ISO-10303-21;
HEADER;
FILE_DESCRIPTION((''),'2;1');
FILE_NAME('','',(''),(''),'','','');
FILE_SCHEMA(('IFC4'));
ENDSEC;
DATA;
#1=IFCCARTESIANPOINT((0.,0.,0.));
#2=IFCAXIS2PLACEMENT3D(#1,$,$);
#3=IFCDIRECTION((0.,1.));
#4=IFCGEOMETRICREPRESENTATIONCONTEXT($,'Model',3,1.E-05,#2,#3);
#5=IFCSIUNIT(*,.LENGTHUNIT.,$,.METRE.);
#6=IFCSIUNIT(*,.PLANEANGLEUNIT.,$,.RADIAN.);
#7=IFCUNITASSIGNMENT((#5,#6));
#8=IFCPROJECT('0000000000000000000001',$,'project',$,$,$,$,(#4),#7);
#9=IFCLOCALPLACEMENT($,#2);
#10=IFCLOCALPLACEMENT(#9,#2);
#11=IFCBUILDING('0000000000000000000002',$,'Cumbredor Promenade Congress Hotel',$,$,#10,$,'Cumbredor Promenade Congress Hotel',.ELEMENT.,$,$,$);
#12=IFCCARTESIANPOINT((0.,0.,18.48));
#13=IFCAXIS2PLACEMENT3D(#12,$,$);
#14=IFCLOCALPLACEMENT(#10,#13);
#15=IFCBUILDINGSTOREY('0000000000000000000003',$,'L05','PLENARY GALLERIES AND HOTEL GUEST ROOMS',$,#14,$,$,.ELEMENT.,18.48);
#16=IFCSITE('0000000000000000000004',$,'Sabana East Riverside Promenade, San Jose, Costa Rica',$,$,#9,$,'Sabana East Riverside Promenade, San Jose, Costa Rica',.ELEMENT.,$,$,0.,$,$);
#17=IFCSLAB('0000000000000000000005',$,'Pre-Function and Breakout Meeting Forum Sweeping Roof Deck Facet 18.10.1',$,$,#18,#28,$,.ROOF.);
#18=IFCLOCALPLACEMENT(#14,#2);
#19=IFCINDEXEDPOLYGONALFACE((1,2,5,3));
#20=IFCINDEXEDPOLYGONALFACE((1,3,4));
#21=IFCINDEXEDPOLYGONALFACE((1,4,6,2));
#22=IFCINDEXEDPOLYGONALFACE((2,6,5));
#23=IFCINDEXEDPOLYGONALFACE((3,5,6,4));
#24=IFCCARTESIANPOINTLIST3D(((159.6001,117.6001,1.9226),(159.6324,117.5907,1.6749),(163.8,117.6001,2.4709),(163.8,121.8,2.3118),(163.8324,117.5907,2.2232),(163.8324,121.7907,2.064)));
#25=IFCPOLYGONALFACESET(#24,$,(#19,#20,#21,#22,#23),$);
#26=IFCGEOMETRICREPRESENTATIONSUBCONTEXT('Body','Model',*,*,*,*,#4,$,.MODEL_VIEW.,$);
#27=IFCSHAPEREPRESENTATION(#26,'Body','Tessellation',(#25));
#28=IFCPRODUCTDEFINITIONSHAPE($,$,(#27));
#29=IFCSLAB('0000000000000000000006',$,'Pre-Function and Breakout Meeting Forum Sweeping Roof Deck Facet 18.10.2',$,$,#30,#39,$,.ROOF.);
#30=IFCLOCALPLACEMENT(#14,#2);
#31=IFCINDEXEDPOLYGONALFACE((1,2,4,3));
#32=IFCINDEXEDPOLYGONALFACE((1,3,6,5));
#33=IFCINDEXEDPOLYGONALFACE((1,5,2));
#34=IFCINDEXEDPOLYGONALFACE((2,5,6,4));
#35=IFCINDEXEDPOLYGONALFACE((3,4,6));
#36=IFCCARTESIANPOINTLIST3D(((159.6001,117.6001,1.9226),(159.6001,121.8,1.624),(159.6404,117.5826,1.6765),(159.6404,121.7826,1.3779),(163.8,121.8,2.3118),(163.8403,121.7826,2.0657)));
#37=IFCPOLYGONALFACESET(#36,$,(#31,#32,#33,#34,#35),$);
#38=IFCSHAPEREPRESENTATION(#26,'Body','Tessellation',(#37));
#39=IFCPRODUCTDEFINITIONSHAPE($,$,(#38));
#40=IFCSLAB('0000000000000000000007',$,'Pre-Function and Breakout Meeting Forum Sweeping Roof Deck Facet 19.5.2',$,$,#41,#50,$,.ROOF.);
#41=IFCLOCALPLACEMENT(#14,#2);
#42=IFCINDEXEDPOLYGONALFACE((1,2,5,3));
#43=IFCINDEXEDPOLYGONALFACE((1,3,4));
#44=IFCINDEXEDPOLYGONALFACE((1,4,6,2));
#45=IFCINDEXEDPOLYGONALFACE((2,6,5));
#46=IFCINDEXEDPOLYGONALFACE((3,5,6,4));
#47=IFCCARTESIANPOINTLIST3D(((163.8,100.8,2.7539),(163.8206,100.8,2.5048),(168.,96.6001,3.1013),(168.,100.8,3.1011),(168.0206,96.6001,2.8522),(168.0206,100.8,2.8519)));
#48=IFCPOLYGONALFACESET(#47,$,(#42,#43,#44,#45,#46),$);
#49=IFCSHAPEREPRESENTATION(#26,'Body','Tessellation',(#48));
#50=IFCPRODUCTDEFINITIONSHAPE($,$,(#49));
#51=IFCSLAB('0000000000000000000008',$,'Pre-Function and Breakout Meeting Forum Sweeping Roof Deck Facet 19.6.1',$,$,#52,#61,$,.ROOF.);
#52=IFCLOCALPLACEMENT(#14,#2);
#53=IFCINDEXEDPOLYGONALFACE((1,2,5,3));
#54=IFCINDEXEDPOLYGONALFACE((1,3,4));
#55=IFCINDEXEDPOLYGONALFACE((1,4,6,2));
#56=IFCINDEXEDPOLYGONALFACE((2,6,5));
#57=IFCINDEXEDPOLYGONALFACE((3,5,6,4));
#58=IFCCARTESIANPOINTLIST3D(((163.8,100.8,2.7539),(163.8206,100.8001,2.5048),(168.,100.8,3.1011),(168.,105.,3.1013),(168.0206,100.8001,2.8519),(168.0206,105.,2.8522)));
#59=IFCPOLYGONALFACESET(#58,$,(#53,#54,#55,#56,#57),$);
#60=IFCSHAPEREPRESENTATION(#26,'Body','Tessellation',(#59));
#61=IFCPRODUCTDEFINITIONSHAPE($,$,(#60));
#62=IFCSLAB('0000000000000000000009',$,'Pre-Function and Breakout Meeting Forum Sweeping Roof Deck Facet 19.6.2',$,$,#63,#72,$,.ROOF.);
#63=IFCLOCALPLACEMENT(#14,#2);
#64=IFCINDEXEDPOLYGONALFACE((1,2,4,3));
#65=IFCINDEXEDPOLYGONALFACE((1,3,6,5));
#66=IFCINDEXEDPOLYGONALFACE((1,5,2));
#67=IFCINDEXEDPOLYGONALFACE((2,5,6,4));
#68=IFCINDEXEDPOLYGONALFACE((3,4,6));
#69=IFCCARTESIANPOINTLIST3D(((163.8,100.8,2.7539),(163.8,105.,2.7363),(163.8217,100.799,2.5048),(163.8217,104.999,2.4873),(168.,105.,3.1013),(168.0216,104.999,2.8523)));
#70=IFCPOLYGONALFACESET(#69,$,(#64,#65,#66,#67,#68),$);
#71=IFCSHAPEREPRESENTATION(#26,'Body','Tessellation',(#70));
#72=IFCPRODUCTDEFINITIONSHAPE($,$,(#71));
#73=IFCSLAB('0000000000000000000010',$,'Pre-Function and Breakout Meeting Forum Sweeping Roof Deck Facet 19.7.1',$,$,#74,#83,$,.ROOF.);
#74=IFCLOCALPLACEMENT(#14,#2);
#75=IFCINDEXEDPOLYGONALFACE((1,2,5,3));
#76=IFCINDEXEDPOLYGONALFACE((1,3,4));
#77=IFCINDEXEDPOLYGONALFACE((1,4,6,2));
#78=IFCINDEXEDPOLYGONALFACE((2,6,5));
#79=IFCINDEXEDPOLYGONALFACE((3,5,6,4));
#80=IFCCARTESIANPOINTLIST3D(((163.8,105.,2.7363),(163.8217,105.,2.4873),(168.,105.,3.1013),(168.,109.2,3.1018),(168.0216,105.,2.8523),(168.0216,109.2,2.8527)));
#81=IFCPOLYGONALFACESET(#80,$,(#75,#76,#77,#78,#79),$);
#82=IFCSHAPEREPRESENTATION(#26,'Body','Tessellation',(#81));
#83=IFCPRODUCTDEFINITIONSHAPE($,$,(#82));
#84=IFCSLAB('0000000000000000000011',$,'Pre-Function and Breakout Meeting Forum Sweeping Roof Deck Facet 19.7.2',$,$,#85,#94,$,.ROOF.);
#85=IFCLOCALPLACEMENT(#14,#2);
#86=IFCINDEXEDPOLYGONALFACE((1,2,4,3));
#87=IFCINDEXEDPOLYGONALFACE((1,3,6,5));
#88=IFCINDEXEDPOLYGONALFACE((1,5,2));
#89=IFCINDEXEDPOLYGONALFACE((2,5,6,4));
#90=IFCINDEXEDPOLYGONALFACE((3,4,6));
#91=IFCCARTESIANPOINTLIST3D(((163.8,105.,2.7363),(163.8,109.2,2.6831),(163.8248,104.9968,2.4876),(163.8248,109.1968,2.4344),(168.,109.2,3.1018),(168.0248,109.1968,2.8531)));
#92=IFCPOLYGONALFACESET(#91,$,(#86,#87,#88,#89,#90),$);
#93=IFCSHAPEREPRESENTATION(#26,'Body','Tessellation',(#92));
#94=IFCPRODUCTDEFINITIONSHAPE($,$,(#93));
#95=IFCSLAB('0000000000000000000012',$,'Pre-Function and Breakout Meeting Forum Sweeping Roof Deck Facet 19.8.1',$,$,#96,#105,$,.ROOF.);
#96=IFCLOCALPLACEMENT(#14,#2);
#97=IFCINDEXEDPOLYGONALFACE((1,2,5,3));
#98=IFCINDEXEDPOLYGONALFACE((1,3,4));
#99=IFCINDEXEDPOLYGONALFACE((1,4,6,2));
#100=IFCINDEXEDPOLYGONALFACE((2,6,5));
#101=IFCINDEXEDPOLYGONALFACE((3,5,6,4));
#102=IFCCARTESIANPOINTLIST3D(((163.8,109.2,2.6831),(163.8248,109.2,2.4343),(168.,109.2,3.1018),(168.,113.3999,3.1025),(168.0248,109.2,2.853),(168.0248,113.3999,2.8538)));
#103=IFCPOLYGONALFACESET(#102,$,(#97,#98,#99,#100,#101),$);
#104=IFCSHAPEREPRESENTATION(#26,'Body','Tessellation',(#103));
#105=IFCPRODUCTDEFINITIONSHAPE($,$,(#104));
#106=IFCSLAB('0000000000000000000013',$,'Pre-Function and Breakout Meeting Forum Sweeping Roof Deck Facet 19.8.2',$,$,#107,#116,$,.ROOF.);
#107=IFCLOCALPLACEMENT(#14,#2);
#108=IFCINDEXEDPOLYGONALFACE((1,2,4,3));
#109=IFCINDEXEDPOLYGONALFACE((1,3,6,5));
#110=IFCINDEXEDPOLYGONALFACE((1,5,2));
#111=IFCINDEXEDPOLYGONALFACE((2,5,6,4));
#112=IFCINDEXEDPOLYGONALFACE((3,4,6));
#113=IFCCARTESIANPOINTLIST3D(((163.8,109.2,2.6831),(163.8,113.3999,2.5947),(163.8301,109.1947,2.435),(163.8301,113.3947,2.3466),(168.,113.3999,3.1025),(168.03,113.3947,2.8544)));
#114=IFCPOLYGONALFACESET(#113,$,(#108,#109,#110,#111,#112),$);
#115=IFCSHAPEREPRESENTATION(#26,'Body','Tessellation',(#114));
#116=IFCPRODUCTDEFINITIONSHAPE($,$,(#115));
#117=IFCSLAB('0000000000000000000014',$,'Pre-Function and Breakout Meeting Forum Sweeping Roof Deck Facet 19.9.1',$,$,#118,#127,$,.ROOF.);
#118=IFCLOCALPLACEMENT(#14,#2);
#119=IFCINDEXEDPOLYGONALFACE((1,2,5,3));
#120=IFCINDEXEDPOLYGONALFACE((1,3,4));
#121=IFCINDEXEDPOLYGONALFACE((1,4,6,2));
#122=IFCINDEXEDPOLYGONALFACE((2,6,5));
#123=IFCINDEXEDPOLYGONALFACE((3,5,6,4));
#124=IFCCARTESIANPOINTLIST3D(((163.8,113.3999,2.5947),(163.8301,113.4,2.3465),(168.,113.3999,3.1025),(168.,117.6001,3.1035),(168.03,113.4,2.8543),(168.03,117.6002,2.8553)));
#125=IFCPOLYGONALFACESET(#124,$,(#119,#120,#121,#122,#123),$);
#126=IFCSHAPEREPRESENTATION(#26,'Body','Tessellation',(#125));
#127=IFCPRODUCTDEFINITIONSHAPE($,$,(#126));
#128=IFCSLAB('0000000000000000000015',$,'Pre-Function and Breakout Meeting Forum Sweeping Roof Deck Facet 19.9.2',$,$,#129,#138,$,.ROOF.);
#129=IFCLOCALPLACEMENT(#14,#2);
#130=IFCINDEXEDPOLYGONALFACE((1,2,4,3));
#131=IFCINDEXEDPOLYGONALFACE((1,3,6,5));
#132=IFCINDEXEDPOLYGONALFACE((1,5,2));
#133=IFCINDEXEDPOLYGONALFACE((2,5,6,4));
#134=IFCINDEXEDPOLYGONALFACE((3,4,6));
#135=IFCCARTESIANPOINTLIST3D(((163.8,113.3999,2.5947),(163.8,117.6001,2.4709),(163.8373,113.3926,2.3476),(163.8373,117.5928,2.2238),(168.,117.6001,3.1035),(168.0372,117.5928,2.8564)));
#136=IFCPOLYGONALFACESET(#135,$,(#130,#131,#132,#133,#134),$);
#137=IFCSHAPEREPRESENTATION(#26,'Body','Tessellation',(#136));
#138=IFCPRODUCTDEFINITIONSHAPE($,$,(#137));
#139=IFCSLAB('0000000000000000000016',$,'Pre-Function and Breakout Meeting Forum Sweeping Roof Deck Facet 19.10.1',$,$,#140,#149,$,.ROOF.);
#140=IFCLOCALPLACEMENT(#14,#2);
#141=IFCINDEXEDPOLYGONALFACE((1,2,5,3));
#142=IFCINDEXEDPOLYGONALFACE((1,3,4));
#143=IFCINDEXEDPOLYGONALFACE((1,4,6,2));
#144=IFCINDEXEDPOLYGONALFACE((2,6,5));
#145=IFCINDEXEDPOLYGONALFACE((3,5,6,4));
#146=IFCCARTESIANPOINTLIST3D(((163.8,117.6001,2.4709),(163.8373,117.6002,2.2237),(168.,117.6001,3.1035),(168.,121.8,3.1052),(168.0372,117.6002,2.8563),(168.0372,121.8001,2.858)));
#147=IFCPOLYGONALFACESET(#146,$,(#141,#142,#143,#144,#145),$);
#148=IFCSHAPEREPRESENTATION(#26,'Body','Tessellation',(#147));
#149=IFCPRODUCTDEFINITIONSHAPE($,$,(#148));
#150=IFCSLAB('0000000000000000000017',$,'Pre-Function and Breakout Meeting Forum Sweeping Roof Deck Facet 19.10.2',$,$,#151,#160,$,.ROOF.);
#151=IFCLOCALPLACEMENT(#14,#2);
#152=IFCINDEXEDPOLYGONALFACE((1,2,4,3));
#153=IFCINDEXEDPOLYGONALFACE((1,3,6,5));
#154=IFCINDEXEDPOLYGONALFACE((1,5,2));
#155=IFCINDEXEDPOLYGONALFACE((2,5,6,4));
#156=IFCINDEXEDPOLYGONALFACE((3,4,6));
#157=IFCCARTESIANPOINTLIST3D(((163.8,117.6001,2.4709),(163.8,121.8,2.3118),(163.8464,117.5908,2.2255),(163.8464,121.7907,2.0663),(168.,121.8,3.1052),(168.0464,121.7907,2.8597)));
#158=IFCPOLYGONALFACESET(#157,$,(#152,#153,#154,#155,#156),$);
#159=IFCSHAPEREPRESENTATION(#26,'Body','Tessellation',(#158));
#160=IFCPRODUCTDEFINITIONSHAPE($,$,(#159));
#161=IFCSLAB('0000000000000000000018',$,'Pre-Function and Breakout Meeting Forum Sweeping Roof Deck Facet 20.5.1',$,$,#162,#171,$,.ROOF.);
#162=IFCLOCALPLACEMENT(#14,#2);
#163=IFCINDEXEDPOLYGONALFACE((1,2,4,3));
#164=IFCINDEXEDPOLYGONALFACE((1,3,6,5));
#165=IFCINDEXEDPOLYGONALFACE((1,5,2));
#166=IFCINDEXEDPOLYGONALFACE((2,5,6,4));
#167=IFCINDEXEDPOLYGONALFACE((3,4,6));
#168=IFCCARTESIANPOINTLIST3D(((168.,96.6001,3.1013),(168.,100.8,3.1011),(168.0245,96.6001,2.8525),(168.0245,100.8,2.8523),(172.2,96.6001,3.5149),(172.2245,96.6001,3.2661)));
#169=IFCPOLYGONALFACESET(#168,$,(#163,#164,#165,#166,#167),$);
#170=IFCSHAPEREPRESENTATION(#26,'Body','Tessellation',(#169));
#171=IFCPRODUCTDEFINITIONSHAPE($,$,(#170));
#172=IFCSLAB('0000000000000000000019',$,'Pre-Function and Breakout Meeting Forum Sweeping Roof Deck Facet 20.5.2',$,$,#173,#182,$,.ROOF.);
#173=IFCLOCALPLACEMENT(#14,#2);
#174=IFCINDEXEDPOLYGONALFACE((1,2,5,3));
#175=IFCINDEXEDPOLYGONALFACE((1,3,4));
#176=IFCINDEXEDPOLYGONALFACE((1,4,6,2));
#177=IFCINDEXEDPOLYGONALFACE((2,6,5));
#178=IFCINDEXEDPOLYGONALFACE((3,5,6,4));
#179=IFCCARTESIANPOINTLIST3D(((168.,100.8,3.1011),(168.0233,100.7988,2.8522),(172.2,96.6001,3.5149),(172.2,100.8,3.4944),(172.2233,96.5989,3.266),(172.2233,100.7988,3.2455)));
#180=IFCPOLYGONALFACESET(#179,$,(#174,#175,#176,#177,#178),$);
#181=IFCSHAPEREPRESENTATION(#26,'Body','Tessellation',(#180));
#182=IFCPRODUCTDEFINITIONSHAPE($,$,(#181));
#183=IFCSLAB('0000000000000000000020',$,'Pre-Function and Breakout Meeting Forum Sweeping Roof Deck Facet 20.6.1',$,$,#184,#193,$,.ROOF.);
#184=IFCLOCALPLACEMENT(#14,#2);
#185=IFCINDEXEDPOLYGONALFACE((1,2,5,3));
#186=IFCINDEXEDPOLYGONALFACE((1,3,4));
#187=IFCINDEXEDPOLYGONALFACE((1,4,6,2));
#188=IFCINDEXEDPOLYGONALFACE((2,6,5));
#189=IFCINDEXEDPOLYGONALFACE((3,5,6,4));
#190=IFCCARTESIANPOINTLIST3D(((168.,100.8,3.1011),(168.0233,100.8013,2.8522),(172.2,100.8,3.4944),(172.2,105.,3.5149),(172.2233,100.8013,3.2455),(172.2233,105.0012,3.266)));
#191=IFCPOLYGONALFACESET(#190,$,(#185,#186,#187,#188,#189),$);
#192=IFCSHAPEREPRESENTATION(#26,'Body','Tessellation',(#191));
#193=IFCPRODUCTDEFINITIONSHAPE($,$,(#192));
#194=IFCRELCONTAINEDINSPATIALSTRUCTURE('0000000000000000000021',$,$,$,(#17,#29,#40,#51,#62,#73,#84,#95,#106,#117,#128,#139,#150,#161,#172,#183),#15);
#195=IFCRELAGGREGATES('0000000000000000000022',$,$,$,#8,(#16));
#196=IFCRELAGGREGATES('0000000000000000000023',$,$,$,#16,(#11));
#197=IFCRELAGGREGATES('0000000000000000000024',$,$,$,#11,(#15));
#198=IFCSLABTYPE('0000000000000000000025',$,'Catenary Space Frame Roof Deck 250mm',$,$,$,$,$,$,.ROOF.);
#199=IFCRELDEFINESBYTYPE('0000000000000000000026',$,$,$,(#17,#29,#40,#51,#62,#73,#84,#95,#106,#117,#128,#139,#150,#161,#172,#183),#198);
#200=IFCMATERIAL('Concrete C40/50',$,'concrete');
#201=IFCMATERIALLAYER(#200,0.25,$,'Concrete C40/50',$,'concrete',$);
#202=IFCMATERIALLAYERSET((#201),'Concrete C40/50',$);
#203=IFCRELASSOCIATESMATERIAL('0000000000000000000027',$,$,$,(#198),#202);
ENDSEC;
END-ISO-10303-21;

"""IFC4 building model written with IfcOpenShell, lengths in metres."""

from ifc_helpers import new_model, si_unit, direction, frame, origin, place, context, subcontext, project, spatial, polyline, outline, extrude, material, layer, layer_set, type_object, element, save


model = new_model("IFC4")

# Units and contexts
model_context = context("Model", 3, precision=1e-05, world=origin(), true_north=direction((0.0, 1.0)))
body_context = subcontext(model_context, "Body", "Model", "MODEL_VIEW")
ifc_project = project(units=[si_unit("LENGTHUNIT", "METRE"), si_unit("PLANEANGLEUNIT", "RADIAN")], contexts=[model_context])

# Site, building, storey
site_placement = place(None, origin())
site = spatial("IfcSite", under=ifc_project, at=site_placement, Name="Sabana East Riverside Promenade, San Jose, Costa Rica", LongName="Sabana East Riverside Promenade, San Jose, Costa Rica", CompositionType="ELEMENT", RefElevation=0.0)
building_placement = place(site_placement, origin())
building = spatial("IfcBuilding", under=site, at=building_placement, Name="Cumbredor Promenade Congress Hotel", LongName="Cumbredor Promenade Congress Hotel", CompositionType="ELEMENT")
storey_placement = place(building_placement, frame((0.0, 0.0, 18.48)))
storey = spatial("IfcBuildingStorey", under=building, at=storey_placement, Name="L05", Description="PLENARY GALLERIES AND HOTEL GUEST ROOMS", CompositionType="ELEMENT", Elevation=18.48)

# Slabs
ifc_material_1 = material(Name="Concrete C40/50", Category="concrete")
ifc_layer_1 = layer(ifc_material_1, 0.25, Name="Concrete C40/50", Category="concrete")
ifc_layer_set_1 = layer_set([ifc_layer_1], Name="Concrete C40/50")
slab_type = type_object("IfcSlabType", Name="Catenary Space Frame Roof Deck 250mm", PredefinedType="ROOF", material=ifc_layer_set_1)
slab_1_placement = place(storey_placement, frame((159.6001, 117.6001, 1.9226), z_axis=(-0.129369, 0.037555, 0.990885), x_axis=(0.991585, 0.0, 0.12946)))
element("IfcSlab", 1, at=slab_1_placement, inside=storey, type_object=slab_type, Name="Pre-Function and Breakout Meeting Forum Sweeping Roof Deck Facet 18.10.1", PredefinedType="ROOF", context=body_context, shape_type="SweptSolid", body=[
    extrude(outline(polyline([(0.0, 0.0), (4.2356, 0.0), (4.215, 4.2029), (0.0, 0.0)])), origin(), (0.0, 0.0, -1.0), 0.25),
])
slab_2_placement = place(storey_placement, frame((159.6001, 117.6001, 1.9226), z_axis=(-0.161202, 0.069986, 0.984437), x_axis=(0.705594, 0.705594, 0.065379)))
element("IfcSlab", 2, at=slab_2_placement, inside=storey, type_object=slab_type, Name="Pre-Function and Breakout Meeting Forum Sweeping Roof Deck Facet 18.10.2", PredefinedType="ROOF", context=body_context, shape_type="SweptSolid", body=[
    extrude(outline(polyline([(0.0, 0.0), (5.9524, 0.0), (2.9439, 3.0103), (0.0, 0.0)])), origin(), (0.0, 0.0, -1.0), 0.25),
])
slab_3_placement = place(storey_placement, frame((168.0, 96.6001, 3.1013), z_axis=(-0.082379, 0.000058, 0.996601), x_axis=(0.0, 1.0, -0.000058)))
element("IfcSlab", 3, at=slab_3_placement, inside=storey, type_object=slab_type, Name="Pre-Function and Breakout Meeting Forum Sweeping Roof Deck Facet 19.5.2", PredefinedType="ROOF", context=body_context, shape_type="SweptSolid", body=[
    extrude(outline(polyline([(0.0, 0.0), (4.2, 0.0), (4.2, 4.2143), (0.0, 0.0)])), origin(), (0.0, 0.0, -1.0), 0.25),
])
slab_4_placement = place(storey_placement, frame((163.8, 100.8, 2.7539), z_axis=(-0.082379, -0.000058, 0.996601), x_axis=(0.996601, 0.0, 0.082379)))
element("IfcSlab", 4, at=slab_4_placement, inside=storey, type_object=slab_type, Name="Pre-Function and Breakout Meeting Forum Sweeping Roof Deck Facet 19.6.1", PredefinedType="ROOF", context=body_context, shape_type="SweptSolid", body=[
    extrude(outline(polyline([(0.0, 0.0), (4.2143, 0.0), (4.2143, 4.2), (0.0, 0.0)])), origin(), (0.0, 0.0, -1.0), 0.25),
])
slab_5_placement = place(storey_placement, frame((163.8, 100.8, 2.7539), z_axis=(-0.086576, 0.00417, 0.996236), x_axis=(0.7059, 0.7059, 0.058391)))
element("IfcSlab", 5, at=slab_5_placement, inside=storey, type_object=slab_type, Name="Pre-Function and Breakout Meeting Forum Sweeping Roof Deck Facet 19.6.2", PredefinedType="ROOF", context=body_context, shape_type="SweptSolid", body=[
    extrude(outline(polyline([(0.0, 0.0), (5.9498, 0.0), (2.9637, 2.9759), (0.0, 0.0)])), origin(), (0.0, 0.0, -1.0), 0.25),
])
slab_6_placement = place(storey_placement, frame((163.8, 105.0, 2.7363), z_axis=(-0.086577, -0.000116, 0.996245), x_axis=(0.996245, 0.0, 0.086577)))
element("IfcSlab", 6, at=slab_6_placement, inside=storey, type_object=slab_type, Name="Pre-Function and Breakout Meeting Forum Sweeping Roof Deck Facet 19.7.1", PredefinedType="ROOF", context=body_context, shape_type="SweptSolid", body=[
    extrude(outline(polyline([(0.0, 0.0), (4.2158, 0.0), (4.2158, 4.2), (0.0, 0.0)])), origin(), (0.0, 0.0, -1.0), 0.25),
])
slab_7_placement = place(storey_placement, frame((163.8, 105.0, 2.7363), z_axis=(-0.099192, 0.012609, 0.994988), x_axis=(0.705772, 0.705772, 0.061416)))
element("IfcSlab", 7, at=slab_7_placement, inside=storey, type_object=slab_type, Name="Pre-Function and Breakout Meeting Forum Sweeping Roof Deck Facet 19.7.2", PredefinedType="ROOF", context=body_context, shape_type="SweptSolid", body=[
    extrude(outline(polyline([(0.0, 0.0), (5.9509, 0.0), (2.9609, 2.9791), (0.0, 0.0)])), origin(), (0.0, 0.0, -1.0), 0.25),
])
slab_8_placement = place(storey_placement, frame((163.8, 109.2, 2.6831), z_axis=(-0.0992, -0.000174, 0.995067), x_axis=(0.995067, 0.0, 0.0992)))
element("IfcSlab", 8, at=slab_8_placement, inside=storey, type_object=slab_type, Name="Pre-Function and Breakout Meeting Forum Sweeping Roof Deck Facet 19.8.1", PredefinedType="ROOF", context=body_context, shape_type="SweptSolid", body=[
    extrude(outline(polyline([(0.0, 0.0), (4.2208, 0.0), (4.2208, 4.2), (0.0, 0.0)])), origin(), (0.0, 0.0, -1.0), 0.25),
])
slab_9_placement = place(storey_placement, frame((163.8, 109.2, 2.6831), z_axis=(-0.120009, 0.020886, 0.992553), x_axis=(0.70535, 0.70535, 0.070441)))
element("IfcSlab", 9, at=slab_9_placement, inside=storey, type_object=slab_type, Name="Pre-Function and Breakout Meeting Forum Sweeping Roof Deck Facet 19.8.2", PredefinedType="ROOF", context=body_context, shape_type="SweptSolid", body=[
    extrude(outline(polyline([(0.0, 0.0), (5.9544, 0.0), (2.9562, 2.9847), (0.0, 0.0)])), origin(), (0.0, 0.0, -1.0), 0.25),
])
slab_10_placement = place(storey_placement, frame((163.8, 113.3999, 2.5947), z_axis=(-0.120035, -0.000231, 0.99277), x_axis=(0.99277, 0.0, 0.120035)))
element("IfcSlab", 10, at=slab_10_placement, inside=storey, type_object=slab_type, Name="Pre-Function and Breakout Meeting Forum Sweeping Roof Deck Facet 19.9.1", PredefinedType="ROOF", context=body_context, shape_type="SweptSolid", body=[
    extrude(outline(polyline([(0.0, 0.0), (4.2305, 0.0), (4.2307, 4.2002), (0.0, 0.0)])), origin(), (0.0, 0.0, -1.0), 0.25),
])
slab_11_placement = place(storey_placement, frame((163.8, 113.3999, 2.5947), z_axis=(-0.14887, 0.029129, 0.988428), x_axis=(0.704506, 0.704547, 0.085345)))
element("IfcSlab", 11, at=slab_11_placement, inside=storey, type_object=slab_type, Name="Pre-Function and Breakout Meeting Forum Sweeping Roof Deck Facet 19.9.2", PredefinedType="ROOF", context=body_context, shape_type="SweptSolid", body=[
    extrude(outline(polyline([(0.0, 0.0), (5.9616, 0.0), (2.9487, 2.9937), (0.0, 0.0)])), origin(), (0.0, 0.0, -1.0), 0.25),
])
slab_12_placement = place(storey_placement, frame((163.8, 117.6001, 2.4709), z_axis=(-0.148933, -0.000402, 0.988847), x_axis=(0.988847, 0.0, 0.148934)))
element("IfcSlab", 12, at=slab_12_placement, inside=storey, type_object=slab_type, Name="Pre-Function and Breakout Meeting Forum Sweeping Roof Deck Facet 19.10.1", PredefinedType="ROOF", context=body_context, shape_type="SweptSolid", body=[
    extrude(outline(polyline([(0.0, 0.0), (4.2473, 0.0), (4.2476, 4.2), (0.0, 0.0)])), origin(), (0.0, 0.0, -1.0), 0.25),
])
slab_13_placement = place(storey_placement, frame((163.8, 117.6001, 2.4709), z_axis=(-0.185508, 0.037216, 0.981938), x_axis=(0.703109, 0.703109, 0.106184)))
element("IfcSlab", 13, at=slab_13_placement, inside=storey, type_object=slab_type, Name="Pre-Function and Breakout Meeting Forum Sweeping Roof Deck Facet 19.10.2", PredefinedType="ROOF", context=body_context, shape_type="SweptSolid", body=[
    extrude(outline(polyline([(0.0, 0.0), (5.9734, 0.0), (2.9361, 3.0073), (0.0, 0.0)])), origin(), (0.0, 0.0, -1.0), 0.25),
])
slab_14_placement = place(storey_placement, frame((168.0, 96.6001, 3.1013), z_axis=(-0.097997, 0.000058, 0.995187), x_axis=(0.995187, 0.0, 0.097997)))
element("IfcSlab", 14, at=slab_14_placement, inside=storey, type_object=slab_type, Name="Pre-Function and Breakout Meeting Forum Sweeping Roof Deck Facet 20.5.1", PredefinedType="ROOF", context=body_context, shape_type="SweptSolid", body=[
    extrude(outline(polyline([(0.0, 0.0), (4.2203, 0.0), (0.0, 4.2), (0.0, 0.0)])), origin(), (0.0, 0.0, -1.0), 0.25),
])
slab_15_placement = place(storey_placement, frame((172.2, 96.6001, 3.5149), z_axis=(-0.093237, 0.004862, 0.995632), x_axis=(0.0, 0.999988, -0.004883)))
element("IfcSlab", 15, at=slab_15_placement, inside=storey, type_object=slab_type, Name="Pre-Function and Breakout Meeting Forum Sweeping Roof Deck Facet 20.5.2", PredefinedType="ROOF", context=body_context, shape_type="SweptSolid", body=[
    extrude(outline(polyline([(0.0, 0.0), (4.2, 0.0), (4.2019, 4.2183), (0.0, 0.0)])), origin(), (0.0, 0.0, -1.0), 0.25),
])
slab_16_placement = place(storey_placement, frame((168.0, 100.8, 3.1011), z_axis=(-0.093237, -0.004862, 0.995632), x_axis=(0.995644, 0.0, 0.093239)))
element("IfcSlab", 16, at=slab_16_placement, inside=storey, type_object=slab_type, Name="Pre-Function and Breakout Meeting Forum Sweeping Roof Deck Facet 20.6.1", PredefinedType="ROOF", context=body_context, shape_type="SweptSolid", body=[
    extrude(outline(polyline([(0.0, 0.0), (4.2183, 0.0), (4.2202, 4.2), (0.0, 0.0)])), origin(), (0.0, 0.0, -1.0), 0.25),
])

save(model, "model.ifc")
